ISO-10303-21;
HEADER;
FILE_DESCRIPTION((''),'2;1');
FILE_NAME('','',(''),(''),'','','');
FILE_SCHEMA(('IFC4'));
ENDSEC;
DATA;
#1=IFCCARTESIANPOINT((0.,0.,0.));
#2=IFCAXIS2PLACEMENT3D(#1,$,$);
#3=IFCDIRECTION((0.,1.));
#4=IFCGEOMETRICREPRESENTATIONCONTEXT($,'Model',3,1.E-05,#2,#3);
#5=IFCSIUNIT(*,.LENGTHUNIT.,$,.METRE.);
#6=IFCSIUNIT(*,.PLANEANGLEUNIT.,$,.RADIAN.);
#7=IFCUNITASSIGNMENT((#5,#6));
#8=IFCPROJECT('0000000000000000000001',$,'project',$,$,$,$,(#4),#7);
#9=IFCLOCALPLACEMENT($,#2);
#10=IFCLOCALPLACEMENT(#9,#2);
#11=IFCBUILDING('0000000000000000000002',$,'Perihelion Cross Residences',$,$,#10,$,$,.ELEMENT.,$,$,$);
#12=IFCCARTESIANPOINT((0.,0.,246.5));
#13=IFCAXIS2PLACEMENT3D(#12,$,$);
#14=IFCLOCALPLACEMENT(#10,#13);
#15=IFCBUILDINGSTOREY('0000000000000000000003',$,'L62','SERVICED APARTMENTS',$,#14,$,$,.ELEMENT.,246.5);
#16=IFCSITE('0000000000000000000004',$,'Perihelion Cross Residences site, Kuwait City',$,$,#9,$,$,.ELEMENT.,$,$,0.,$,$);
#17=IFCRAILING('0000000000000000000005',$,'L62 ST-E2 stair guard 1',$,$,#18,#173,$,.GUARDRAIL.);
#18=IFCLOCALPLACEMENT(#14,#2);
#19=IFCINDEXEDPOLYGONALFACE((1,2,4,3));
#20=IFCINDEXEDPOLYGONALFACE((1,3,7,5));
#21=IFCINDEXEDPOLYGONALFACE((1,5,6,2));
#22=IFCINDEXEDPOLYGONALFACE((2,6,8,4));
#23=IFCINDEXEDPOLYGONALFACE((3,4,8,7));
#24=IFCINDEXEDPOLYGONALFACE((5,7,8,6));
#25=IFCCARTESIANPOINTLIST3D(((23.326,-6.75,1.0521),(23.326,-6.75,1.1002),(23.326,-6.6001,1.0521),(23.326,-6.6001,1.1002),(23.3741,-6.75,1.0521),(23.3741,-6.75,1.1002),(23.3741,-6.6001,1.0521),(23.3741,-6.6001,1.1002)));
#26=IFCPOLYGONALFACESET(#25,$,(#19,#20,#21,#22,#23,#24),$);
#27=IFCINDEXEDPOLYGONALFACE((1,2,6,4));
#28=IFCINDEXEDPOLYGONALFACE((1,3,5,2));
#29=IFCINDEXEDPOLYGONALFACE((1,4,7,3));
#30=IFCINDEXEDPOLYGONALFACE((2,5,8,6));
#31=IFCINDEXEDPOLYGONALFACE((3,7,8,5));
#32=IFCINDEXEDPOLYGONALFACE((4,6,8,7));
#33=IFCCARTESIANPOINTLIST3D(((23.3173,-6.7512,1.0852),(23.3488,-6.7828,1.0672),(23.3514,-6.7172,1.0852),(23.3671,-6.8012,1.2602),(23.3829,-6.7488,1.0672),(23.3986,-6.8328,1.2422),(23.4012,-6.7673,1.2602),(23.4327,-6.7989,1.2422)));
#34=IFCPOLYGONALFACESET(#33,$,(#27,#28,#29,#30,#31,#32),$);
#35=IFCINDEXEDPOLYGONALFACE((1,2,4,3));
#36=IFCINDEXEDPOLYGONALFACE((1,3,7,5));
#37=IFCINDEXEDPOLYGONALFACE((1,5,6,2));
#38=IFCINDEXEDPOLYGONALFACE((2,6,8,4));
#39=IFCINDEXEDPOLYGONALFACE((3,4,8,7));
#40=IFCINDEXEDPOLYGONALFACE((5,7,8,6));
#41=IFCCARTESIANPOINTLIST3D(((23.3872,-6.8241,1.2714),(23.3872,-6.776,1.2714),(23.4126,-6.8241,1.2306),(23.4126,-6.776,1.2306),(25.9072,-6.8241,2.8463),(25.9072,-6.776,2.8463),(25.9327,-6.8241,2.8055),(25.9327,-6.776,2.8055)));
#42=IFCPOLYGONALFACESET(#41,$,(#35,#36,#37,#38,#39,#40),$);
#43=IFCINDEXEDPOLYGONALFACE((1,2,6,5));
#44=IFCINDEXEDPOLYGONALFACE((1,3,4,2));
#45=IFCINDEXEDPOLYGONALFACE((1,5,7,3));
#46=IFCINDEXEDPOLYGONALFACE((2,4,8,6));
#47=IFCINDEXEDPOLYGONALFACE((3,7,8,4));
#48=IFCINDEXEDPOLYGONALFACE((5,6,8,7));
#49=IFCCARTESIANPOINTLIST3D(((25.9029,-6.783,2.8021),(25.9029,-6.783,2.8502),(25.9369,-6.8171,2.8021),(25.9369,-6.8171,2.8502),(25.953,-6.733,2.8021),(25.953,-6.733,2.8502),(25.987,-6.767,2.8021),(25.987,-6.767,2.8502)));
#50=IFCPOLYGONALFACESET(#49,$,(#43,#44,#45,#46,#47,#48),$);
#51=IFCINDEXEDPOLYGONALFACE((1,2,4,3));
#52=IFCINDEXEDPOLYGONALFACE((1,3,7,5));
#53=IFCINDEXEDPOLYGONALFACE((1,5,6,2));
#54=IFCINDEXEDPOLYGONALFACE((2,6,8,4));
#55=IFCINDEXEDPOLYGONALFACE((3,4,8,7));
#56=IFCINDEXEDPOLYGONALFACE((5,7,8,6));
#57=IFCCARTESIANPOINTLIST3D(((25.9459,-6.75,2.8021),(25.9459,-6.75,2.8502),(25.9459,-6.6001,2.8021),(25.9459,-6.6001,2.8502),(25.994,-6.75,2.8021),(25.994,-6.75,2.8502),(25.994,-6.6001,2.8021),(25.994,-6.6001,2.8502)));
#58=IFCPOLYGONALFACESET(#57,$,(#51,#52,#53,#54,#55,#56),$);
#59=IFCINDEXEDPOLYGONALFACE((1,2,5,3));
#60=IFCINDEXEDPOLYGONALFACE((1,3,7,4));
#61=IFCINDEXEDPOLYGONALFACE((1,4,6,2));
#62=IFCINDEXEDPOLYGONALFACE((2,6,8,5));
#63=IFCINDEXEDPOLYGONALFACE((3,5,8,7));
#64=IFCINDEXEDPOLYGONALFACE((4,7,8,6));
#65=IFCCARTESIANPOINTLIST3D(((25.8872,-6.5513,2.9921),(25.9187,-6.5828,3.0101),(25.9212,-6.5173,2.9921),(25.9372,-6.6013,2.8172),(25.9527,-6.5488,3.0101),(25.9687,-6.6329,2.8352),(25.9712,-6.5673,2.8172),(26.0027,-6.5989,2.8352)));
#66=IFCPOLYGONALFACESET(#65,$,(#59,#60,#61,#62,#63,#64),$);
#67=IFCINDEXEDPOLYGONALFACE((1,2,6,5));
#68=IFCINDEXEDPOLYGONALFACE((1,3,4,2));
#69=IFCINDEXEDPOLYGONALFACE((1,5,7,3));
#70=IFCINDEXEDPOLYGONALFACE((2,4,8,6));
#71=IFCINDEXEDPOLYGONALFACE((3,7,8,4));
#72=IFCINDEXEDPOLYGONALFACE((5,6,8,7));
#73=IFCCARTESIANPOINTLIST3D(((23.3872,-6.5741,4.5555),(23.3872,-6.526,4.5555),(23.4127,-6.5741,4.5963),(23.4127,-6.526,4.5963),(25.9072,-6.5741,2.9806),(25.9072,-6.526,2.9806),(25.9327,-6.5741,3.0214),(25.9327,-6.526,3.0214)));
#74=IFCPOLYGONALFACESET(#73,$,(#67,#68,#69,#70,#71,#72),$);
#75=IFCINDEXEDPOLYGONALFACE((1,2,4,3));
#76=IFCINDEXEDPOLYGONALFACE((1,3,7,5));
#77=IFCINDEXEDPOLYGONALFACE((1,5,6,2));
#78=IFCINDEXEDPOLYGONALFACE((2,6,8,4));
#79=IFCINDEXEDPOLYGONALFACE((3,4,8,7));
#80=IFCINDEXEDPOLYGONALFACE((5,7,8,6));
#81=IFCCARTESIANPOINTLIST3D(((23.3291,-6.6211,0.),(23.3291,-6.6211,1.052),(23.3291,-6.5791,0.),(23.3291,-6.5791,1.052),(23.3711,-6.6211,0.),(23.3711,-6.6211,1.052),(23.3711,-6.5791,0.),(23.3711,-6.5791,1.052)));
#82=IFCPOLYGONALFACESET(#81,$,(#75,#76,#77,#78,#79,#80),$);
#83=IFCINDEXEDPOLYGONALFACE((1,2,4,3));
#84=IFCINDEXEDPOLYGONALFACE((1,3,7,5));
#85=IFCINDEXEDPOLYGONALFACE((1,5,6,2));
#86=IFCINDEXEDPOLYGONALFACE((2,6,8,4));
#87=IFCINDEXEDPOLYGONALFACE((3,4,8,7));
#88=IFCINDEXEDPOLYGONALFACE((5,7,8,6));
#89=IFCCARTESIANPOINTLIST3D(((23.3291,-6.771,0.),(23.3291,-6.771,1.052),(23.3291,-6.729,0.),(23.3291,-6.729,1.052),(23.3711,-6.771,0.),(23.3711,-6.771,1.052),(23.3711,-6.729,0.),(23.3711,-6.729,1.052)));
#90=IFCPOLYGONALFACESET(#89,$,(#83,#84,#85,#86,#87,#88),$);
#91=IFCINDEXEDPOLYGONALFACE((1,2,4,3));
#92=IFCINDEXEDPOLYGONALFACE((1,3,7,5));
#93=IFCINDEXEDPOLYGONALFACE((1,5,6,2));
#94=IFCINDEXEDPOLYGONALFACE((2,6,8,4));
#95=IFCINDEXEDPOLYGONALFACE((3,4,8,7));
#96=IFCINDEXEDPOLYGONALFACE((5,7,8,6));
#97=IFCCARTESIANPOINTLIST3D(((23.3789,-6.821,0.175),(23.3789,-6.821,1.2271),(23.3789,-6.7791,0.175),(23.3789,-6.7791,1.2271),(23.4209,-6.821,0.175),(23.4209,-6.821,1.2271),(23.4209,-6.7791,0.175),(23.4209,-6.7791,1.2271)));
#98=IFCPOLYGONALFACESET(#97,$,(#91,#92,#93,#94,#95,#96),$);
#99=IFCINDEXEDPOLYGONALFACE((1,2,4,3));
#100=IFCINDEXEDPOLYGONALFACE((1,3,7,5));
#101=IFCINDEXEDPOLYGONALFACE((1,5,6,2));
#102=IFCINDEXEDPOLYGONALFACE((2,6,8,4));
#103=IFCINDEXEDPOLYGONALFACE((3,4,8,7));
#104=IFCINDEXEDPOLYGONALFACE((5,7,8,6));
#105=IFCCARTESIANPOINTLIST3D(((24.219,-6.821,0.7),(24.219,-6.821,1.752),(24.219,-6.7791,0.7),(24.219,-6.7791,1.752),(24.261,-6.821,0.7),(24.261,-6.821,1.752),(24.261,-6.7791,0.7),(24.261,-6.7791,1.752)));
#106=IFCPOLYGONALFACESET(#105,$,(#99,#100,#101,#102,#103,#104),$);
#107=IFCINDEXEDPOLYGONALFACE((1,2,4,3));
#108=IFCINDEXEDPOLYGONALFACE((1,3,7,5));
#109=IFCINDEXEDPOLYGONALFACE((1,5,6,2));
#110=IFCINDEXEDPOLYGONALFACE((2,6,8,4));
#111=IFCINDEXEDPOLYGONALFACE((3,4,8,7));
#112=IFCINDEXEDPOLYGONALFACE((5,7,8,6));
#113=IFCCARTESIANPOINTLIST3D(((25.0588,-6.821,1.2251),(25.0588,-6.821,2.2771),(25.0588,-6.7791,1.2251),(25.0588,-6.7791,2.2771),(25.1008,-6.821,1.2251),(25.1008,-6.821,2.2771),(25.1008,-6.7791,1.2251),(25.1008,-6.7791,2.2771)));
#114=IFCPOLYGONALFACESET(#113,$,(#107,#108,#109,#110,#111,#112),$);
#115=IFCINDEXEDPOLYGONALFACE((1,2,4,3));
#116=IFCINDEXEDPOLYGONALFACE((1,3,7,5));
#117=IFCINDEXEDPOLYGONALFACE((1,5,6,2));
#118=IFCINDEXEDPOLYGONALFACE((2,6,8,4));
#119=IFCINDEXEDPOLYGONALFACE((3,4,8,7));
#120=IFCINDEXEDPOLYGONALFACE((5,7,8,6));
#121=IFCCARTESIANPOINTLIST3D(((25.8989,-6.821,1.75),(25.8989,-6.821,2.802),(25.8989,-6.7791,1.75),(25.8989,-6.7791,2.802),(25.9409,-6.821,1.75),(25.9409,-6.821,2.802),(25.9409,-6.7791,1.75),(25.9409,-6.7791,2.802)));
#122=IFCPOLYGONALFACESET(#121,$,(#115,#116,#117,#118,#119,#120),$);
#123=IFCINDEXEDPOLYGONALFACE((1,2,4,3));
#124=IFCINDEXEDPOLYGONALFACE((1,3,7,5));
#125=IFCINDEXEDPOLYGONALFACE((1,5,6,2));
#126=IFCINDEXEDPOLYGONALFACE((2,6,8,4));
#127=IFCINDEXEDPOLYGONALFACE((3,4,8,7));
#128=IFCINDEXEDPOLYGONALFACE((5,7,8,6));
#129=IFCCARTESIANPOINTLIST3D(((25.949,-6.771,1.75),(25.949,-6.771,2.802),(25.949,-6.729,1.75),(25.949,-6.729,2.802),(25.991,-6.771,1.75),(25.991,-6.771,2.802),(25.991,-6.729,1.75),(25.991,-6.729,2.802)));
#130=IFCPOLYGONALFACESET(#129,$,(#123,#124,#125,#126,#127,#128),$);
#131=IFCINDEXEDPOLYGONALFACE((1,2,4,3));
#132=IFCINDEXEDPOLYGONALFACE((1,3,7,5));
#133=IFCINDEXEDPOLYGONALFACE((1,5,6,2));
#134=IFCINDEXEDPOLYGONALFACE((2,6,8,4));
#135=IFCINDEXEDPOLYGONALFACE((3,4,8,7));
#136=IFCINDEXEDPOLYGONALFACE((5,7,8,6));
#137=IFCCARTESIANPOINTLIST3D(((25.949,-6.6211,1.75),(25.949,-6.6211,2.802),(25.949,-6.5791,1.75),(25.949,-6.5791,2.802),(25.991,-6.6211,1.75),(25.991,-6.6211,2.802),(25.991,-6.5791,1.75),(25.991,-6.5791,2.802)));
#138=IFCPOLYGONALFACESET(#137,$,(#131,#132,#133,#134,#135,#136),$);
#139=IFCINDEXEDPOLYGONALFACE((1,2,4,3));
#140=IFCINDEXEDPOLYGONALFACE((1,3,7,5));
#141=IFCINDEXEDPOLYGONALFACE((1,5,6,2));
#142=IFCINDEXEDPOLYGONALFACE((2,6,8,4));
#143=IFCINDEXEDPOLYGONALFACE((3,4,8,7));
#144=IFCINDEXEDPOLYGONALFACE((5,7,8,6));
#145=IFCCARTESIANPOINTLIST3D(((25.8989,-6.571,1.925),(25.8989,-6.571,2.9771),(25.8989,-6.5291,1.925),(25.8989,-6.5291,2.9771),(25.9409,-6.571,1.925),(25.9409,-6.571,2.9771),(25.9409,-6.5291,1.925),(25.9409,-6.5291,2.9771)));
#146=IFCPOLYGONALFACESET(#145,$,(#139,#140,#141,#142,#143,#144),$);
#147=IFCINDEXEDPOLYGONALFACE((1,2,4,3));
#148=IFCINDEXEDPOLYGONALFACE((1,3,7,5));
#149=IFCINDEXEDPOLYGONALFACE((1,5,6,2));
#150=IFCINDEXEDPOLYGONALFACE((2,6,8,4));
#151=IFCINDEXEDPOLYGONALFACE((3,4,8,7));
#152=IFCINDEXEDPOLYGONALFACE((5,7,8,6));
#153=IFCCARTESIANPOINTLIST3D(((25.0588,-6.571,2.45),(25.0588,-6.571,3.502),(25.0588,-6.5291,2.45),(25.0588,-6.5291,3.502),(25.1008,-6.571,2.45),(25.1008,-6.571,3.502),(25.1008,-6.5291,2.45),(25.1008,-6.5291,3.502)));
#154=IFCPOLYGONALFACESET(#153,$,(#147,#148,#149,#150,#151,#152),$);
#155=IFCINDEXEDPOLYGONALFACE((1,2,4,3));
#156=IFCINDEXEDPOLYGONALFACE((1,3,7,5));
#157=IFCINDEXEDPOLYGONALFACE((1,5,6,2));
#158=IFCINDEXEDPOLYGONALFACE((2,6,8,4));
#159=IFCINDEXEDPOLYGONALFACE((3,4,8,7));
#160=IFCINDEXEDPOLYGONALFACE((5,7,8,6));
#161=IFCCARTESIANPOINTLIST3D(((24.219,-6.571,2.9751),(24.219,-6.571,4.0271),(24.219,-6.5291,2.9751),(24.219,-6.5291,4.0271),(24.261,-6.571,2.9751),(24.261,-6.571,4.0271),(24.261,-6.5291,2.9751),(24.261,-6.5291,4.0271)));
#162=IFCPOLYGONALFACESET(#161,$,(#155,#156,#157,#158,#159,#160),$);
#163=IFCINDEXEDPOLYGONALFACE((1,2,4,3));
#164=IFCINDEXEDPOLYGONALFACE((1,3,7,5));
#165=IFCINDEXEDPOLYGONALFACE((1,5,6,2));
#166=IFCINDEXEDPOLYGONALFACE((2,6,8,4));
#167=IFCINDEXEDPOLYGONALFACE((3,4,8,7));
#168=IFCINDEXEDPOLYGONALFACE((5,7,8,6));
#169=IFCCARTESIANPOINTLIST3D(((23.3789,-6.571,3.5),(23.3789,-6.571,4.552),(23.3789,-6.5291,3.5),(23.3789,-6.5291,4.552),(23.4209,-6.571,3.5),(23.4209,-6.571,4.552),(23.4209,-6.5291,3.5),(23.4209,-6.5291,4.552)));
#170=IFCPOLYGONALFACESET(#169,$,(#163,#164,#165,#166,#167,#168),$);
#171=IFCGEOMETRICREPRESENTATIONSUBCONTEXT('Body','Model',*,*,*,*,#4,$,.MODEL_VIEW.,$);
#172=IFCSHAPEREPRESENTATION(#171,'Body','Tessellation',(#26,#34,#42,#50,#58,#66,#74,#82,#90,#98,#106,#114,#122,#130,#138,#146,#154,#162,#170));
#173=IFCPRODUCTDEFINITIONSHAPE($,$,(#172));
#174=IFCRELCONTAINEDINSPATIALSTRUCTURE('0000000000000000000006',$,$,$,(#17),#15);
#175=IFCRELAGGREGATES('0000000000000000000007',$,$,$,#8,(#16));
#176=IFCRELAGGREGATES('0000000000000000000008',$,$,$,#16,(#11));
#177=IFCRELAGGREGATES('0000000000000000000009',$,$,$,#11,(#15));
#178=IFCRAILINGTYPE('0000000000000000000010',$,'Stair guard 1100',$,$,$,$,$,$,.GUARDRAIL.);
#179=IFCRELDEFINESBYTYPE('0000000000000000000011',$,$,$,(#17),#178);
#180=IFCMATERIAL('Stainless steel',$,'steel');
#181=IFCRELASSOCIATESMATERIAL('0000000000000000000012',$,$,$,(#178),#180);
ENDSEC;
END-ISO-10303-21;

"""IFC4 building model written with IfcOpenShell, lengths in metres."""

from ifc_helpers import new_model, si_unit, direction, frame, origin, origin_2d, place, context, subcontext, project, spatial, rectangle, extrude, material, type_object, element, save


model = new_model("IFC4")

# Units and contexts
model_context = context("Model", 3, precision=1e-05, world=origin(), true_north=direction((0.0, 1.0)))
body_context = subcontext(model_context, "Body", "Model", "MODEL_VIEW")
ifc_project = project(units=[si_unit("LENGTHUNIT", "METRE"), si_unit("PLANEANGLEUNIT", "RADIAN")], contexts=[model_context])

# Site, building, storey
site_placement = place(None, origin())
site = spatial("IfcSite", under=ifc_project, at=site_placement, Name="Perihelion Cross Residences site, Kuwait City", CompositionType="ELEMENT", RefElevation=0.0)
building_placement = place(site_placement, origin())
building = spatial("IfcBuilding", under=site, at=building_placement, Name="Perihelion Cross Residences", CompositionType="ELEMENT")
storey_placement = place(building_placement, frame((0.0, 0.0, 246.5)))
storey = spatial("IfcBuildingStorey", under=building, at=storey_placement, Name="L62", Description="SERVICED APARTMENTS", CompositionType="ELEMENT", Elevation=246.5)

# Railing
ifc_material_1 = material(Name="Stainless steel", Category="steel")
railing_type_1 = type_object("IfcRailingType", Name="Stair guard 1100", PredefinedType="GUARDRAIL", material=ifc_material_1)
railing_1_placement = place(storey_placement, frame((23.3501, -6.6001, 0.0)))
element("IfcRailing", 1, at=railing_1_placement, inside=storey, type_object=railing_type_1, Name="L62 ST-E2 stair guard 1", PredefinedType="GUARDRAIL", context=body_context, shape_type="SweptSolid", body=[
    extrude(rectangle(XDim=0.0481, YDim=0.0481, at=origin_2d()), frame((0.0, 0.0, 1.0762), z_axis=(0.0, -1.0, 0.0), x_axis=(1.0, 0.0, 0.0)), (0.0, 0.0, 1.0), 0.1499),
    extrude(rectangle(XDim=0.0481, YDim=0.0481, at=origin_2d()), frame((0.0, -0.1499, 1.0762), z_axis=(0.263862, -0.265156, 0.927399), x_axis=(0.708834, 0.705376, 0.0)), (0.0, 0.0, 1.0), 0.1887),
    extrude(rectangle(XDim=0.0481, YDim=0.0481, at=origin_2d()), frame((0.0498, -0.2, 1.251), z_axis=(0.848008, 0.0, 0.529984), x_axis=(0.0, 1.0, 0.0)), (0.0, 0.0, 1.0), 2.9717),
    extrude(rectangle(XDim=0.0481, YDim=0.0481, at=origin_2d()), frame((2.5698, -0.2, 2.8262), z_axis=(0.707107, 0.707107, 0.0), x_axis=(-0.707107, 0.707107, 0.0)), (0.0, 0.0, 1.0), 0.0708),
    extrude(rectangle(XDim=0.0481, YDim=0.0481, at=origin_2d()), frame((2.6199, -0.1499, 2.8262), z_axis=(0.0, 1.0, 0.0), x_axis=(-1.0, 0.0, 0.0)), (0.0, 0.0, 1.0), 0.1499),
    extrude(rectangle(XDim=0.0481, YDim=0.0481, at=origin_2d()), frame((2.6199, 0.0, 2.8262), z_axis=(-0.265065, 0.265065, 0.927082), x_axis=(-0.707107, -0.707107, 0.0)), (0.0, 0.0, 1.0), 0.1887),
    extrude(rectangle(XDim=0.0481, YDim=0.0481, at=origin_2d()), frame((2.5698, 0.05, 3.001), z_axis=(-0.848008, 0.0, 0.529984), x_axis=(0.0, -1.0, 0.0)), (0.0, 0.0, 1.0), 2.9717),
    extrude(rectangle(XDim=0.042, YDim=0.042, at=origin_2d()), origin(), (0.0, 0.0, 1.0), 1.052),
    extrude(rectangle(XDim=0.042, YDim=0.042, at=origin_2d()), frame((0.0, -0.1499, 0.0)), (0.0, 0.0, 1.0), 1.052),
    extrude(rectangle(XDim=0.042, YDim=0.042, at=origin_2d()), frame((0.0498, -0.2, 0.175)), (0.0, 0.0, 1.0), 1.052),
    extrude(rectangle(XDim=0.042, YDim=0.042, at=origin_2d()), frame((0.8899, -0.2, 0.7)), (0.0, 0.0, 1.0), 1.052),
    extrude(rectangle(XDim=0.042, YDim=0.042, at=origin_2d()), frame((1.7297, -0.2, 1.2251)), (0.0, 0.0, 1.0), 1.052),
    extrude(rectangle(XDim=0.042, YDim=0.042, at=origin_2d()), frame((2.5698, -0.2, 1.75)), (0.0, 0.0, 1.0), 1.052),
    extrude(rectangle(XDim=0.042, YDim=0.042, at=origin_2d()), frame((2.6199, -0.1499, 1.75)), (0.0, 0.0, 1.0), 1.052),
    extrude(rectangle(XDim=0.042, YDim=0.042, at=origin_2d()), frame((2.6199, 0.0, 1.75)), (0.0, 0.0, 1.0), 1.052),
    extrude(rectangle(XDim=0.042, YDim=0.042, at=origin_2d()), frame((2.5698, 0.05, 1.925)), (0.0, 0.0, 1.0), 1.052),
    extrude(rectangle(XDim=0.042, YDim=0.042, at=origin_2d()), frame((1.7297, 0.05, 2.45)), (0.0, 0.0, 1.0), 1.052),
    extrude(rectangle(XDim=0.042, YDim=0.042, at=origin_2d()), frame((0.8899, 0.05, 2.9751)), (0.0, 0.0, 1.0), 1.052),
    extrude(rectangle(XDim=0.042, YDim=0.042, at=origin_2d()), frame((0.0498, 0.05, 3.5)), (0.0, 0.0, 1.0), 1.052),
])

save(model, "model.ifc")
